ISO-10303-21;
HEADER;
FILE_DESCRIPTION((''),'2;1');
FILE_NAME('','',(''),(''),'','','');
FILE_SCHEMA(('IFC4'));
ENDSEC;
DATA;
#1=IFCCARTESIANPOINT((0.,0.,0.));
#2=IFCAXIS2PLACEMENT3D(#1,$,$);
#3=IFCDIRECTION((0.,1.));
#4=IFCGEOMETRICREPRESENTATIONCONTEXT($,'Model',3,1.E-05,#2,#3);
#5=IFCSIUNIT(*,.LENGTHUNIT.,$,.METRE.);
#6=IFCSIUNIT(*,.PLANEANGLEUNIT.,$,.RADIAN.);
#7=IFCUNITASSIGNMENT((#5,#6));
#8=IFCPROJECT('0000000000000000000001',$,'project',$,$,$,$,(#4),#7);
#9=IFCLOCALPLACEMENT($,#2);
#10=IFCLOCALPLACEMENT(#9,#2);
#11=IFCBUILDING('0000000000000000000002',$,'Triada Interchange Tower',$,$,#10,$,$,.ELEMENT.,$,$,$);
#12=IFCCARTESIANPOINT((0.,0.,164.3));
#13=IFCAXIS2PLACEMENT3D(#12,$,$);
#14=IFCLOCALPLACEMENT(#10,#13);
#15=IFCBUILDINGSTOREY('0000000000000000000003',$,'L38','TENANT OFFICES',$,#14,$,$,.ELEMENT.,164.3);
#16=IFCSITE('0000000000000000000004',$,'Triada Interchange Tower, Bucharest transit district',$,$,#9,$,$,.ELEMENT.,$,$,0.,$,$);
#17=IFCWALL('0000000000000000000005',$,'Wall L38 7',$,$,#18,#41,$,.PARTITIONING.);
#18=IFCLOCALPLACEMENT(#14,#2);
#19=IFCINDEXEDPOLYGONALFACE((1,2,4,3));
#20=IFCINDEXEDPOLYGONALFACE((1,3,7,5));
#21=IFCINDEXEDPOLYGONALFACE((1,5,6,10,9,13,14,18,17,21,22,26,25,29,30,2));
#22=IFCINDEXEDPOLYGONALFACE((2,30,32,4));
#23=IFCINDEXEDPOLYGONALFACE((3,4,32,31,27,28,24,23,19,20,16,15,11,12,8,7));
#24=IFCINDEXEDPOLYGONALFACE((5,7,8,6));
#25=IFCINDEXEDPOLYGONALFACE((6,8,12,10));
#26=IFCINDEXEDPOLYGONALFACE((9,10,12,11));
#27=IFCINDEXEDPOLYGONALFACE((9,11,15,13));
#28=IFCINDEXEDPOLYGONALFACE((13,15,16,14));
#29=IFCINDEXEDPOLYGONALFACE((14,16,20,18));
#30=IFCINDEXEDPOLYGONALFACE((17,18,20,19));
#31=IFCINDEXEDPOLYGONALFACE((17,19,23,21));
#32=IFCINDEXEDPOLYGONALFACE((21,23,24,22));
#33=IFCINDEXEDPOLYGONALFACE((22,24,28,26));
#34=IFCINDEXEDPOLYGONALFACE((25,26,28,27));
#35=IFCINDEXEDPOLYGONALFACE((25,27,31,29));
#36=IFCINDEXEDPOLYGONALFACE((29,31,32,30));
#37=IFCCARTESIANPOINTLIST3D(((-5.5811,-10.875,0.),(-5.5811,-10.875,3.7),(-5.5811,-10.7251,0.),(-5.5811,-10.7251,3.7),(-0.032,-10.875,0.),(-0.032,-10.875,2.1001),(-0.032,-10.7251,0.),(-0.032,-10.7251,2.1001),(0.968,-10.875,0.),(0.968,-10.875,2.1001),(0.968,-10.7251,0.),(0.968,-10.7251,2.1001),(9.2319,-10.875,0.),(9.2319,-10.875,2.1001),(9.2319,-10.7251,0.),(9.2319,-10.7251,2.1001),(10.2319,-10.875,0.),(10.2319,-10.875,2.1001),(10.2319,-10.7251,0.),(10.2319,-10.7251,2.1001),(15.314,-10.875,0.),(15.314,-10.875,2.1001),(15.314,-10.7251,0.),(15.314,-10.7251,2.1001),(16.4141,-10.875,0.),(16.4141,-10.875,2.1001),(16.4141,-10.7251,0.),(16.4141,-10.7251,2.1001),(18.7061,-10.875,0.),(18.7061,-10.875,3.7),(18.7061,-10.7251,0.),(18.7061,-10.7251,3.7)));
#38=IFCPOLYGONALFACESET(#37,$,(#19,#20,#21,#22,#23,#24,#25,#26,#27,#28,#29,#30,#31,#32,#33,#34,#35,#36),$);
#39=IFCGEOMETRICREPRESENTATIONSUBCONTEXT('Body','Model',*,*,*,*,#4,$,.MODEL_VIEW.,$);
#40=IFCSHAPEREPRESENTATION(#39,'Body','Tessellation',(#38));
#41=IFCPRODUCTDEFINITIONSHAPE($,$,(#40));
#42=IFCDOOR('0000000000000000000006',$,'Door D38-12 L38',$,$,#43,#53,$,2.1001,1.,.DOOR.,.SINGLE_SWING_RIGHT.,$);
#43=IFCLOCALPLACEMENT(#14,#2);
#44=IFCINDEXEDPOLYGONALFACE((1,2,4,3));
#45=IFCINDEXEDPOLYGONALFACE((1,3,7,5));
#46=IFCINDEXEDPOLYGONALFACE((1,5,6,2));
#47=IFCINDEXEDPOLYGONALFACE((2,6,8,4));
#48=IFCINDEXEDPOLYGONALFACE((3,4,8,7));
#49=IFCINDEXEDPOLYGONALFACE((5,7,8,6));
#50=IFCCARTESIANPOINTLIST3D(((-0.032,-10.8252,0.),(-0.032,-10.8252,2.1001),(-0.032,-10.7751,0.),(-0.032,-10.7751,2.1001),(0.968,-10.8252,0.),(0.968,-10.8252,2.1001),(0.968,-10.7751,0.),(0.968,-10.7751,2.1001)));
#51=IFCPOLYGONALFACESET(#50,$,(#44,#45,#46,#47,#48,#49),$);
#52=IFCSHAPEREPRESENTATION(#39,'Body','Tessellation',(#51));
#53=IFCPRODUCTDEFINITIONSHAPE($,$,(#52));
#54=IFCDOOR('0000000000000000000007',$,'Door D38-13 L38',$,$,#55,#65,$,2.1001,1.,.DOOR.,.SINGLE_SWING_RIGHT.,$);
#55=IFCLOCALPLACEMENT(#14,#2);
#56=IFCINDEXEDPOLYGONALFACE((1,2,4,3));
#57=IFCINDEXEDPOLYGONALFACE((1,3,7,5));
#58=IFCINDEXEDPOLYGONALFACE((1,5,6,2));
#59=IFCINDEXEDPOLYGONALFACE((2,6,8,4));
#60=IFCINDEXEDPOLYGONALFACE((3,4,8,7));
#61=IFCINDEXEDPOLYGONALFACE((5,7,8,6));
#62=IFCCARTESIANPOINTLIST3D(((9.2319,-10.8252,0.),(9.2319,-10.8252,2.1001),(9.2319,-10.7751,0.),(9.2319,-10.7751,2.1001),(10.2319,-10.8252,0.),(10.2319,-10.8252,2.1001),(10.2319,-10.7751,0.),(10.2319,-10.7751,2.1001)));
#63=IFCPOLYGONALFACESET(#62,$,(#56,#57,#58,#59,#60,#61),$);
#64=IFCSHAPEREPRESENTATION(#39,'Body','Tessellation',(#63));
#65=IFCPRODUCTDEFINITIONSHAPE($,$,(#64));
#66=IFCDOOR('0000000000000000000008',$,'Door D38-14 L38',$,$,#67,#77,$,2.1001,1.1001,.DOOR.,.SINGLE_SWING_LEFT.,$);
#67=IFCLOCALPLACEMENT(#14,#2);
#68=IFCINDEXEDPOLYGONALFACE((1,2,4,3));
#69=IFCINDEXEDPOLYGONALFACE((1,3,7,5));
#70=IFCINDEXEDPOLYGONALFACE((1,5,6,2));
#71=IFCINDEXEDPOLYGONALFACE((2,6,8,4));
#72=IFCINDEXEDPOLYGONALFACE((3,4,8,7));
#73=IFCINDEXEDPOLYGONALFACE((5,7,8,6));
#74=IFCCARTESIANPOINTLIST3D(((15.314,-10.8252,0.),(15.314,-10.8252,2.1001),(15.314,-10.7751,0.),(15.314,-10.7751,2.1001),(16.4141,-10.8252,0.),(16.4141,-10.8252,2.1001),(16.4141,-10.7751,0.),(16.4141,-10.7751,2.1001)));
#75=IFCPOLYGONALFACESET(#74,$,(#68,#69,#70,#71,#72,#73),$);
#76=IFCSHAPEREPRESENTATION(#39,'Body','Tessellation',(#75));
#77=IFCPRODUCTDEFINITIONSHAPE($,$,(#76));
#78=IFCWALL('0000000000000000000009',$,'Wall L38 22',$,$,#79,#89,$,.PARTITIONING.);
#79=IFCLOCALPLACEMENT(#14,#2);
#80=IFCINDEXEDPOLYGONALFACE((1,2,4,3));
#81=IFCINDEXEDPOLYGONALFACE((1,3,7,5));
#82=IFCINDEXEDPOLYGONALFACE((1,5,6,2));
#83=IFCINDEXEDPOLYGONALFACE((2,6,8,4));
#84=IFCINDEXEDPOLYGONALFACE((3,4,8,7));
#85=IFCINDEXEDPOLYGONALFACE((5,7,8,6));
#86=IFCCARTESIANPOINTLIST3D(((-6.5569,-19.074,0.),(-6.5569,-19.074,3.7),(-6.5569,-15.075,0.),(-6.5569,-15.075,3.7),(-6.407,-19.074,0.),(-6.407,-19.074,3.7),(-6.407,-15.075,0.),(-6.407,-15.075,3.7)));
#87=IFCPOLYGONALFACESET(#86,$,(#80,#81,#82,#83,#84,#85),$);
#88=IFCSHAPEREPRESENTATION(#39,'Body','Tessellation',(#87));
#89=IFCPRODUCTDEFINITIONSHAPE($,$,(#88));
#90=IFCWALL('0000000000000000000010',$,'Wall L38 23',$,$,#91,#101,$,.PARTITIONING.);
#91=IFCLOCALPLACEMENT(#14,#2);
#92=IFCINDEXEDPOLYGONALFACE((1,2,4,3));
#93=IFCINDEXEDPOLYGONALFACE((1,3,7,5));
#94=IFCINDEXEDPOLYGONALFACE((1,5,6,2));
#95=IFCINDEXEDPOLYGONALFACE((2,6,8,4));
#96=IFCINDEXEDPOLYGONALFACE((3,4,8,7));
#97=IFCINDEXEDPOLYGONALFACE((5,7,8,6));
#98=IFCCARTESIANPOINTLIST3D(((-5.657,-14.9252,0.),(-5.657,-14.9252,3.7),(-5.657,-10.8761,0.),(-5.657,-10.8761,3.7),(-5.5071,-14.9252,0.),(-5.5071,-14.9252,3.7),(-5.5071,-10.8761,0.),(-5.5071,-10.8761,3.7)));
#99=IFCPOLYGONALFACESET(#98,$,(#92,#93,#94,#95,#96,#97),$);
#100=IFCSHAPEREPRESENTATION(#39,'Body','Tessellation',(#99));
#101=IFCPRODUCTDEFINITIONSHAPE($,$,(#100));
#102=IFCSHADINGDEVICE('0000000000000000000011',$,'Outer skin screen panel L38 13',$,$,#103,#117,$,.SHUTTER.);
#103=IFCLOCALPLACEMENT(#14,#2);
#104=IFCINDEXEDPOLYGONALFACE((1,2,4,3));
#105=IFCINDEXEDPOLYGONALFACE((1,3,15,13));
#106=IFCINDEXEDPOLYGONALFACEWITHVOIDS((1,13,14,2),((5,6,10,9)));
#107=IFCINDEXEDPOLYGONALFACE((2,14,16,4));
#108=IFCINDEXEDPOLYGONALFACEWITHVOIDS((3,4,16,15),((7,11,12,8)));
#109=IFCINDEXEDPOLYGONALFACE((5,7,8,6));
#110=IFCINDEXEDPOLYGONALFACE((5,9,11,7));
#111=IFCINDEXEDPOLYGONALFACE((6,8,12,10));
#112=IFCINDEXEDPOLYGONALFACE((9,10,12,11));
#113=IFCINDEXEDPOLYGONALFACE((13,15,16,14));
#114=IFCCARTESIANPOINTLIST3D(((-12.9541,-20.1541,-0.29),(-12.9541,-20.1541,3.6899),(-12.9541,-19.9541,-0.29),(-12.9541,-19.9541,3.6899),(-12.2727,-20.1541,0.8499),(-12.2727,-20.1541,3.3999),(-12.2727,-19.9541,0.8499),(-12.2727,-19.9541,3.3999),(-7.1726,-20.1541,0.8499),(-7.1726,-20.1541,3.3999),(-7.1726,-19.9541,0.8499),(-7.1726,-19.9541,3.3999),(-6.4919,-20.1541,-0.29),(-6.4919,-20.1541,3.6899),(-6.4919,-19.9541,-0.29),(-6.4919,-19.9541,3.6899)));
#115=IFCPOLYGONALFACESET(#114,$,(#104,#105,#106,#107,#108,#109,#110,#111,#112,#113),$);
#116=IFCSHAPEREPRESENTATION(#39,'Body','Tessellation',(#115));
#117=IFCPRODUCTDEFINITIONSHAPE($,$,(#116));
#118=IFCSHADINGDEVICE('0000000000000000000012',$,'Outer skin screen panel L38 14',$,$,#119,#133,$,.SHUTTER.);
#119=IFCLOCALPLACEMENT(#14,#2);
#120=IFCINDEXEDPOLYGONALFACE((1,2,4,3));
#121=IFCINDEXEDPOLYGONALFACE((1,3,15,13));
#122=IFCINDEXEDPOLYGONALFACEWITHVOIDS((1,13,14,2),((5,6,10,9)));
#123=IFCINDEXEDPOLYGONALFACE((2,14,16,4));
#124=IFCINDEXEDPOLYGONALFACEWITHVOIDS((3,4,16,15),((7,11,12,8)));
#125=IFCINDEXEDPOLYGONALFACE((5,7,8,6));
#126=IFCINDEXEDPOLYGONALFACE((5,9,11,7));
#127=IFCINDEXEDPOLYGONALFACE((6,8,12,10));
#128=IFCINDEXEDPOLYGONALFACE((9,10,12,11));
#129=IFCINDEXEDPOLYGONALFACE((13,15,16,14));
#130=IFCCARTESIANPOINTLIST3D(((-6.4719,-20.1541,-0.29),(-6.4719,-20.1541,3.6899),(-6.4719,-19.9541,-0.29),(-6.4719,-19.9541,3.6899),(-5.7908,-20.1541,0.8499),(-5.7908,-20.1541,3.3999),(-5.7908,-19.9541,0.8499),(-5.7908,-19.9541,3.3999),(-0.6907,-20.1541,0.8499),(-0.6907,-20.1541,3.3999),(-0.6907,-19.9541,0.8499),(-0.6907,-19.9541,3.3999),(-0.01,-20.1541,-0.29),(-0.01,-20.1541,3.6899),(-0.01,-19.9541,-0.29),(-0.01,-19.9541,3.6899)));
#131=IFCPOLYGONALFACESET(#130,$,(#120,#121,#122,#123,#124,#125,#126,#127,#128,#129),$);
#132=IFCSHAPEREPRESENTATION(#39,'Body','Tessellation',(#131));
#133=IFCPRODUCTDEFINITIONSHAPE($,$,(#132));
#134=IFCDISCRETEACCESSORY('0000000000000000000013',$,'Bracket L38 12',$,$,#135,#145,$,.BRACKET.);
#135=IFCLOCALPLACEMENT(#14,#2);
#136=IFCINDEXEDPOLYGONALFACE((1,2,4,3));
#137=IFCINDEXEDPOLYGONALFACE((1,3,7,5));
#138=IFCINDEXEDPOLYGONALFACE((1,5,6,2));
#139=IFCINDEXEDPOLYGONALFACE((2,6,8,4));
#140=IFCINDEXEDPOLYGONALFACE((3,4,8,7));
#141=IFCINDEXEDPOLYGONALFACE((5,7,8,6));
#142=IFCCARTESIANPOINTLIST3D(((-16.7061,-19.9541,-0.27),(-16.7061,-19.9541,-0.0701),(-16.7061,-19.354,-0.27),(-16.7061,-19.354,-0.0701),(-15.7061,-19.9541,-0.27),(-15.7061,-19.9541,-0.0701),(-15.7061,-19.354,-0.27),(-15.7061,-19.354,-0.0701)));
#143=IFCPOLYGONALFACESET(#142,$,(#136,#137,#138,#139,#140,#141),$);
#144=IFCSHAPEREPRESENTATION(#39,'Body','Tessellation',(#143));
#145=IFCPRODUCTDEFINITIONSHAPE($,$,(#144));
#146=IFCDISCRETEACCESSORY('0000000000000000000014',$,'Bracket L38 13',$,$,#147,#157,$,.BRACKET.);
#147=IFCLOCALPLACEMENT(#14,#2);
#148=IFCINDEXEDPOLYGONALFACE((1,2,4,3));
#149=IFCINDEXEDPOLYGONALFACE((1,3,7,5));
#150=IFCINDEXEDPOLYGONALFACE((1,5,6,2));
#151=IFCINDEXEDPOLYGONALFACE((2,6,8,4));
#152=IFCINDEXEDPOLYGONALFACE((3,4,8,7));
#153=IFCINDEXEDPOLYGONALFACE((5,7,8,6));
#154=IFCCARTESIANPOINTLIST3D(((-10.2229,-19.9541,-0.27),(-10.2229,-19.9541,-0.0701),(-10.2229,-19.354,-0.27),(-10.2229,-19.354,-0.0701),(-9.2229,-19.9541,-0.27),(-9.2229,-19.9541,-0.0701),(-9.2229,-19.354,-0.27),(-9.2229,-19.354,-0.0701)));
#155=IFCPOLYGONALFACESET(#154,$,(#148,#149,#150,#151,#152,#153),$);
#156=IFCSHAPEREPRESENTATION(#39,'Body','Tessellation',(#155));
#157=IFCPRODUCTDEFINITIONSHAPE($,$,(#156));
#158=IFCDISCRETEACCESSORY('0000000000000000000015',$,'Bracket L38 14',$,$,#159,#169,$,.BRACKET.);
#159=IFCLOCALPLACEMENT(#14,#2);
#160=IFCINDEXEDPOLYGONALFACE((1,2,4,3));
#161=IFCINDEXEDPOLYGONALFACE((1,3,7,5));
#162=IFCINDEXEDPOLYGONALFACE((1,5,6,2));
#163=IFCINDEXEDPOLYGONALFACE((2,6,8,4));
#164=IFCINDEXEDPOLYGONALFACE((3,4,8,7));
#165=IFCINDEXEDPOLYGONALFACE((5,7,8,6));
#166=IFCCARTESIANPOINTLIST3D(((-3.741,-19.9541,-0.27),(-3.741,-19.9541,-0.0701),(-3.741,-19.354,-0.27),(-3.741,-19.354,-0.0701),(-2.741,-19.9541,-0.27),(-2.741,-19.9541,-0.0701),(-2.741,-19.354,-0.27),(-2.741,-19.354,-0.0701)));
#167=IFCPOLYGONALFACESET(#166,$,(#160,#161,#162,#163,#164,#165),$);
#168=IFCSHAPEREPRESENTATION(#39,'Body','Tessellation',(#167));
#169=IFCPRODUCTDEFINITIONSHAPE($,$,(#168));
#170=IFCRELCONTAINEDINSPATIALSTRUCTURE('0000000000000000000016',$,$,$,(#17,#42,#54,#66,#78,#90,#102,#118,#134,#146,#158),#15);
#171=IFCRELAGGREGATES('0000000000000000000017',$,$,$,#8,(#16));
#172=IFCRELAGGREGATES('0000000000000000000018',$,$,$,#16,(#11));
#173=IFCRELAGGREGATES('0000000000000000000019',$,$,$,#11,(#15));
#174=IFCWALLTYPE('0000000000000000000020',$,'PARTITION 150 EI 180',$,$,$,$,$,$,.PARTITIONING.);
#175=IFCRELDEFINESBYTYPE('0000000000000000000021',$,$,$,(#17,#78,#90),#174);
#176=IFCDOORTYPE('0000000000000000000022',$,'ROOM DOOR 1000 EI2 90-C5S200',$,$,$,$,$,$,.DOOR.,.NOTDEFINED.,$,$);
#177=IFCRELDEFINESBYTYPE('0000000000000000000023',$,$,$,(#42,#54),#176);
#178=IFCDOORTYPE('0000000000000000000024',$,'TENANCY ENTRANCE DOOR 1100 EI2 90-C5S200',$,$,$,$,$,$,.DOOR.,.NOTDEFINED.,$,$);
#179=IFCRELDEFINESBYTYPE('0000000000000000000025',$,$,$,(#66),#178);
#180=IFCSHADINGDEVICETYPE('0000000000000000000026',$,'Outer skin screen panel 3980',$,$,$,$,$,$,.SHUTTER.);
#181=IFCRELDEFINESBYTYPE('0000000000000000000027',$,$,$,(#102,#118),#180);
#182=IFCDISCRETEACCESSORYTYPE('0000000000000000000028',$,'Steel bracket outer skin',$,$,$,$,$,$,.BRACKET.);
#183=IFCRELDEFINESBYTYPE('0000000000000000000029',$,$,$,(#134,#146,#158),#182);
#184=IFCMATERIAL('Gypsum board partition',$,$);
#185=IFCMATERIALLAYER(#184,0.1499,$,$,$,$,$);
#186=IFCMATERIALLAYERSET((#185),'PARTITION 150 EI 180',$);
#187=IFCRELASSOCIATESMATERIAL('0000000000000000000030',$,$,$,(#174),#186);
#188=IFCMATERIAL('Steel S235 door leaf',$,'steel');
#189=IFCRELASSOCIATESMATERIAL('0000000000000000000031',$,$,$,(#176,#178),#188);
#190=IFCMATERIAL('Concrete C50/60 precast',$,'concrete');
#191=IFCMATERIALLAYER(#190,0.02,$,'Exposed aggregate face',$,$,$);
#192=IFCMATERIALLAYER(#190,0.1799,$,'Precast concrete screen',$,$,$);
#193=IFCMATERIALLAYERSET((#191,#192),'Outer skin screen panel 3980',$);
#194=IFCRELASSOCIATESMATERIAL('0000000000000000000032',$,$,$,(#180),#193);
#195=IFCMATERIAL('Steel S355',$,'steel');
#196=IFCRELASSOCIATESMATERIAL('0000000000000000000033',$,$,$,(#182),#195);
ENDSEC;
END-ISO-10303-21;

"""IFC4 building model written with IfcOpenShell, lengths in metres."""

from ifc_helpers import new_model, si_unit, direction, frame, frame_2d, origin, origin_2d, place, context, subcontext, project, spatial, polyline, rectangle, outline, extrude, material, layer, layer_set, type_object, element, fill, save


model = new_model("IFC4")

# Units and contexts
model_context = context("Model", 3, precision=1e-05, world=origin(), true_north=direction((0.0, 1.0)))
body_context = subcontext(model_context, "Body", "Model", "MODEL_VIEW")
ifc_project = project(units=[si_unit("LENGTHUNIT", "METRE"), si_unit("PLANEANGLEUNIT", "RADIAN")], contexts=[model_context])

# Site, building, storey
site_placement = place(None, origin())
site = spatial("IfcSite", under=ifc_project, at=site_placement, Name="Triada Interchange Tower, Bucharest transit district", CompositionType="ELEMENT", RefElevation=0.0)
building_placement = place(site_placement, origin())
building = spatial("IfcBuilding", under=site, at=building_placement, Name="Triada Interchange Tower", CompositionType="ELEMENT")
storey_placement = place(building_placement, frame((0.0, 0.0, 164.3)))
storey = spatial("IfcBuildingStorey", under=building, at=storey_placement, Name="L38", Description="TENANT OFFICES", CompositionType="ELEMENT", Elevation=164.3)

# Shared definitions
ifc_material_1 = material(Name="Gypsum board partition")
ifc_layer_1 = layer(ifc_material_1, 0.1499)
ifc_layer_set_1 = layer_set([ifc_layer_1], Name="PARTITION 150 EI 180")
wall_type = type_object("IfcWallType", Name="PARTITION 150 EI 180", PredefinedType="PARTITIONING", material=ifc_layer_set_1)

# Wall, openings, doors
wall_1_placement = place(storey_placement, frame((-5.5811, -10.8, 0.0), z_axis=(0.0, 0.0, 1.0), x_axis=(1.0, 0.0, 0.0)))
wall_1 = element("IfcWall", 1, at=wall_1_placement, inside=storey, type_object=wall_type, Name="Wall L38 7", PredefinedType="PARTITIONING", context=body_context, shape_type="SweptSolid", body=[
    extrude(rectangle(XDim=24.2871, YDim=0.1499, at=frame_2d((12.1436, 0.0))), origin(), (0.0, 0.0, 1.0), 3.7),
])
opening_1_placement = place(wall_1_placement, frame((5.5491, 0.0, 0.0)))
opening_1 = element("IfcOpeningElement", 2, at=opening_1_placement, cuts=wall_1, PredefinedType="OPENING", context=body_context, shape_type="SweptSolid", body=[
    extrude(rectangle(XDim=1.0, YDim=2.1001, at=frame_2d((0.5, 1.05))), frame((0.0, 0.085, 0.0), z_axis=(0.0, -1.0, 0.0), x_axis=(1.0, 0.0, 0.0)), (0.0, 0.0, 1.0), 0.1699),
])
opening_2_placement = place(wall_1_placement, frame((14.813, 0.0, 0.0)))
opening_2 = element("IfcOpeningElement", 3, at=opening_2_placement, cuts=wall_1, PredefinedType="OPENING", context=body_context, shape_type="SweptSolid", body=[
    extrude(rectangle(XDim=1.0, YDim=2.1001, at=frame_2d((0.5, 1.05))), frame((0.0, 0.085, 0.0), z_axis=(0.0, -1.0, 0.0), x_axis=(1.0, 0.0, 0.0)), (0.0, 0.0, 1.0), 0.1699),
])
opening_3_placement = place(wall_1_placement, frame((20.895, 0.0, 0.0)))
opening_3 = element("IfcOpeningElement", 4, at=opening_3_placement, cuts=wall_1, PredefinedType="OPENING", context=body_context, shape_type="SweptSolid", body=[
    extrude(rectangle(XDim=1.1001, YDim=2.1001, at=frame_2d((0.55, 1.05))), frame((0.0, 0.085, 0.0), z_axis=(0.0, -1.0, 0.0), x_axis=(1.0, 0.0, 0.0)), (0.0, 0.0, 1.0), 0.1699),
])
ifc_material_2 = material(Name="Steel S235 door leaf", Category="steel")
door_type_1 = type_object("IfcDoorType", Name="ROOM DOOR 1000 EI2 90-C5S200", OperationType="NOTDEFINED", PredefinedType="DOOR", material=ifc_material_2)
door_1_placement = place(opening_1_placement, origin())
door_1 = element("IfcDoor", 5, at=door_1_placement, inside=storey, type_object=door_type_1, Name="Door D38-12 L38", OperationType="SINGLE_SWING_RIGHT", OverallHeight=2.1001, OverallWidth=1.0, PredefinedType="DOOR", context=body_context, shape_type="SweptSolid", body=[
    extrude(rectangle(XDim=1.0, YDim=2.1001, at=frame_2d((0.5, 1.05))), frame((0.0, 0.0249, 0.0), z_axis=(0.0, -1.0, 0.0), x_axis=(1.0, 0.0, 0.0)), (0.0, 0.0, 1.0), 0.05),
])
fill(opening_1, door_1)
door_2_placement = place(opening_2_placement, origin())
door_2 = element("IfcDoor", 6, at=door_2_placement, inside=storey, type_object=door_type_1, Name="Door D38-13 L38", OperationType="SINGLE_SWING_RIGHT", OverallHeight=2.1001, OverallWidth=1.0, PredefinedType="DOOR", context=body_context, shape_type="SweptSolid", body=[
    extrude(rectangle(XDim=1.0, YDim=2.1001, at=frame_2d((0.5, 1.05))), frame((0.0, 0.0249, 0.0), z_axis=(0.0, -1.0, 0.0), x_axis=(1.0, 0.0, 0.0)), (0.0, 0.0, 1.0), 0.05),
])
fill(opening_2, door_2)
door_type_2 = type_object("IfcDoorType", Name="TENANCY ENTRANCE DOOR 1100 EI2 90-C5S200", OperationType="NOTDEFINED", PredefinedType="DOOR", material=ifc_material_2)
door_3_placement = place(opening_3_placement, origin())
door_3 = element("IfcDoor", 7, at=door_3_placement, inside=storey, type_object=door_type_2, Name="Door D38-14 L38", OperationType="SINGLE_SWING_LEFT", OverallHeight=2.1001, OverallWidth=1.1001, PredefinedType="DOOR", context=body_context, shape_type="SweptSolid", body=[
    extrude(rectangle(XDim=1.1001, YDim=2.1001, at=frame_2d((0.55, 1.05))), frame((0.0, 0.0249, 0.0), z_axis=(0.0, -1.0, 0.0), x_axis=(1.0, 0.0, 0.0)), (0.0, 0.0, 1.0), 0.05),
])
fill(opening_3, door_3)

# Walls
wall_2_placement = place(storey_placement, frame((-6.4819, -19.074, 0.0), z_axis=(0.0, 0.0, 1.0), x_axis=(0.0, 1.0, 0.0)))
element("IfcWall", 8, at=wall_2_placement, inside=storey, type_object=wall_type, Name="Wall L38 22", PredefinedType="PARTITIONING", context=body_context, shape_type="SweptSolid", body=[
    extrude(rectangle(XDim=3.999, YDim=0.1499, at=frame_2d((1.9995, 0.0))), origin(), (0.0, 0.0, 1.0), 3.7),
])
wall_3_placement = place(storey_placement, frame((-5.582, -14.925, 0.0), z_axis=(0.0, 0.0, 1.0), x_axis=(0.0, 1.0, 0.0)))
element("IfcWall", 9, at=wall_3_placement, inside=storey, type_object=wall_type, Name="Wall L38 23", PredefinedType="PARTITIONING", context=body_context, shape_type="SweptSolid", body=[
    extrude(rectangle(XDim=4.0491, YDim=0.1499, at=frame_2d((2.0244, 0.0))), origin(), (0.0, 0.0, 1.0), 3.7),
])

# Shading devices
ifc_material_3 = material(Name="Concrete C50/60 precast", Category="concrete")
ifc_layer_2 = layer(ifc_material_3, 0.02, Name="Exposed aggregate face")
ifc_layer_3 = layer(ifc_material_3, 0.1799, Name="Precast concrete screen")
ifc_layer_set_2 = layer_set([ifc_layer_2, ifc_layer_3], Name="Outer skin screen panel 3980")
shading_device_type = type_object("IfcShadingDeviceType", Name="Outer skin screen panel 3980", PredefinedType="SHUTTER", material=ifc_layer_set_2)
shading_device_1_placement = place(storey_placement, frame((-12.9541, -19.9541, -0.29), z_axis=(0.0, 0.0, 1.0), x_axis=(1.0, 0.0, 0.0)))
element("IfcShadingDevice", 10, at=shading_device_1_placement, inside=storey, type_object=shading_device_type, Name="Outer skin screen panel L38 13", PredefinedType="SHUTTER", context=body_context, shape_type="SweptSolid", body=[
    extrude(outline(polyline([(0.0, 0.0), (6.4622, 0.0), (6.4622, 3.98), (0.0, 3.98), (0.0, 0.0)]), holes=[polyline([(0.6814, 1.1399), (0.6814, 3.6899), (5.7815, 3.6899), (5.7815, 1.1399), (0.6814, 1.1399)])]), frame((0.0, 0.0, 0.0), z_axis=(0.0, -1.0, 0.0), x_axis=(1.0, 0.0, 0.0)), (0.0, 0.0, 1.0), 0.2),
])
shading_device_2_placement = place(storey_placement, frame((-6.4719, -19.9541, -0.29), z_axis=(0.0, 0.0, 1.0), x_axis=(1.0, 0.0, 0.0)))
element("IfcShadingDevice", 11, at=shading_device_2_placement, inside=storey, type_object=shading_device_type, Name="Outer skin screen panel L38 14", PredefinedType="SHUTTER", context=body_context, shape_type="SweptSolid", body=[
    extrude(outline(polyline([(0.0, 0.0), (6.4619, 0.0), (6.4619, 3.98), (0.0, 3.98), (0.0, 0.0)]), holes=[polyline([(0.6812, 1.1399), (0.6812, 3.6899), (5.7812, 3.6899), (5.7812, 1.1399), (0.6812, 1.1399)])]), frame((0.0, 0.0, 0.0), z_axis=(0.0, -1.0, 0.0), x_axis=(1.0, 0.0, 0.0)), (0.0, 0.0, 1.0), 0.2),
])

# Discrete accessories
ifc_material_4 = material(Name="Steel S355", Category="steel")
discrete_accessory_type = type_object("IfcDiscreteAccessoryType", Name="Steel bracket outer skin", PredefinedType="BRACKET", material=ifc_material_4)
for number, where, z_axis, x_axis, name in (
    (12, (-16.2061, -19.6541, -0.27), (0.0, 0.0, 1.0), (0.0, -1.0, 0.0), "Bracket L38 12"),
    (13, (-9.7229, -19.6541, -0.27), (0.0, 0.0, 1.0), (0.0, -1.0, 0.0), "Bracket L38 13"),
    (14, (-3.241, -19.6541, -0.27), (0.0, 0.0, 1.0), (0.0, -1.0, 0.0), "Bracket L38 14"),
):
    element("IfcDiscreteAccessory", number, at=place(storey_placement, frame(where, z_axis=z_axis, x_axis=x_axis)), inside=storey, type_object=discrete_accessory_type, Name=name, PredefinedType="BRACKET", context=body_context, shape_type="SweptSolid", body=[
        extrude(rectangle(XDim=0.6001, YDim=1.0, at=origin_2d()), origin(), (0.0, 0.0, 1.0), 0.2),
    ])

save(model, "model.ifc")
